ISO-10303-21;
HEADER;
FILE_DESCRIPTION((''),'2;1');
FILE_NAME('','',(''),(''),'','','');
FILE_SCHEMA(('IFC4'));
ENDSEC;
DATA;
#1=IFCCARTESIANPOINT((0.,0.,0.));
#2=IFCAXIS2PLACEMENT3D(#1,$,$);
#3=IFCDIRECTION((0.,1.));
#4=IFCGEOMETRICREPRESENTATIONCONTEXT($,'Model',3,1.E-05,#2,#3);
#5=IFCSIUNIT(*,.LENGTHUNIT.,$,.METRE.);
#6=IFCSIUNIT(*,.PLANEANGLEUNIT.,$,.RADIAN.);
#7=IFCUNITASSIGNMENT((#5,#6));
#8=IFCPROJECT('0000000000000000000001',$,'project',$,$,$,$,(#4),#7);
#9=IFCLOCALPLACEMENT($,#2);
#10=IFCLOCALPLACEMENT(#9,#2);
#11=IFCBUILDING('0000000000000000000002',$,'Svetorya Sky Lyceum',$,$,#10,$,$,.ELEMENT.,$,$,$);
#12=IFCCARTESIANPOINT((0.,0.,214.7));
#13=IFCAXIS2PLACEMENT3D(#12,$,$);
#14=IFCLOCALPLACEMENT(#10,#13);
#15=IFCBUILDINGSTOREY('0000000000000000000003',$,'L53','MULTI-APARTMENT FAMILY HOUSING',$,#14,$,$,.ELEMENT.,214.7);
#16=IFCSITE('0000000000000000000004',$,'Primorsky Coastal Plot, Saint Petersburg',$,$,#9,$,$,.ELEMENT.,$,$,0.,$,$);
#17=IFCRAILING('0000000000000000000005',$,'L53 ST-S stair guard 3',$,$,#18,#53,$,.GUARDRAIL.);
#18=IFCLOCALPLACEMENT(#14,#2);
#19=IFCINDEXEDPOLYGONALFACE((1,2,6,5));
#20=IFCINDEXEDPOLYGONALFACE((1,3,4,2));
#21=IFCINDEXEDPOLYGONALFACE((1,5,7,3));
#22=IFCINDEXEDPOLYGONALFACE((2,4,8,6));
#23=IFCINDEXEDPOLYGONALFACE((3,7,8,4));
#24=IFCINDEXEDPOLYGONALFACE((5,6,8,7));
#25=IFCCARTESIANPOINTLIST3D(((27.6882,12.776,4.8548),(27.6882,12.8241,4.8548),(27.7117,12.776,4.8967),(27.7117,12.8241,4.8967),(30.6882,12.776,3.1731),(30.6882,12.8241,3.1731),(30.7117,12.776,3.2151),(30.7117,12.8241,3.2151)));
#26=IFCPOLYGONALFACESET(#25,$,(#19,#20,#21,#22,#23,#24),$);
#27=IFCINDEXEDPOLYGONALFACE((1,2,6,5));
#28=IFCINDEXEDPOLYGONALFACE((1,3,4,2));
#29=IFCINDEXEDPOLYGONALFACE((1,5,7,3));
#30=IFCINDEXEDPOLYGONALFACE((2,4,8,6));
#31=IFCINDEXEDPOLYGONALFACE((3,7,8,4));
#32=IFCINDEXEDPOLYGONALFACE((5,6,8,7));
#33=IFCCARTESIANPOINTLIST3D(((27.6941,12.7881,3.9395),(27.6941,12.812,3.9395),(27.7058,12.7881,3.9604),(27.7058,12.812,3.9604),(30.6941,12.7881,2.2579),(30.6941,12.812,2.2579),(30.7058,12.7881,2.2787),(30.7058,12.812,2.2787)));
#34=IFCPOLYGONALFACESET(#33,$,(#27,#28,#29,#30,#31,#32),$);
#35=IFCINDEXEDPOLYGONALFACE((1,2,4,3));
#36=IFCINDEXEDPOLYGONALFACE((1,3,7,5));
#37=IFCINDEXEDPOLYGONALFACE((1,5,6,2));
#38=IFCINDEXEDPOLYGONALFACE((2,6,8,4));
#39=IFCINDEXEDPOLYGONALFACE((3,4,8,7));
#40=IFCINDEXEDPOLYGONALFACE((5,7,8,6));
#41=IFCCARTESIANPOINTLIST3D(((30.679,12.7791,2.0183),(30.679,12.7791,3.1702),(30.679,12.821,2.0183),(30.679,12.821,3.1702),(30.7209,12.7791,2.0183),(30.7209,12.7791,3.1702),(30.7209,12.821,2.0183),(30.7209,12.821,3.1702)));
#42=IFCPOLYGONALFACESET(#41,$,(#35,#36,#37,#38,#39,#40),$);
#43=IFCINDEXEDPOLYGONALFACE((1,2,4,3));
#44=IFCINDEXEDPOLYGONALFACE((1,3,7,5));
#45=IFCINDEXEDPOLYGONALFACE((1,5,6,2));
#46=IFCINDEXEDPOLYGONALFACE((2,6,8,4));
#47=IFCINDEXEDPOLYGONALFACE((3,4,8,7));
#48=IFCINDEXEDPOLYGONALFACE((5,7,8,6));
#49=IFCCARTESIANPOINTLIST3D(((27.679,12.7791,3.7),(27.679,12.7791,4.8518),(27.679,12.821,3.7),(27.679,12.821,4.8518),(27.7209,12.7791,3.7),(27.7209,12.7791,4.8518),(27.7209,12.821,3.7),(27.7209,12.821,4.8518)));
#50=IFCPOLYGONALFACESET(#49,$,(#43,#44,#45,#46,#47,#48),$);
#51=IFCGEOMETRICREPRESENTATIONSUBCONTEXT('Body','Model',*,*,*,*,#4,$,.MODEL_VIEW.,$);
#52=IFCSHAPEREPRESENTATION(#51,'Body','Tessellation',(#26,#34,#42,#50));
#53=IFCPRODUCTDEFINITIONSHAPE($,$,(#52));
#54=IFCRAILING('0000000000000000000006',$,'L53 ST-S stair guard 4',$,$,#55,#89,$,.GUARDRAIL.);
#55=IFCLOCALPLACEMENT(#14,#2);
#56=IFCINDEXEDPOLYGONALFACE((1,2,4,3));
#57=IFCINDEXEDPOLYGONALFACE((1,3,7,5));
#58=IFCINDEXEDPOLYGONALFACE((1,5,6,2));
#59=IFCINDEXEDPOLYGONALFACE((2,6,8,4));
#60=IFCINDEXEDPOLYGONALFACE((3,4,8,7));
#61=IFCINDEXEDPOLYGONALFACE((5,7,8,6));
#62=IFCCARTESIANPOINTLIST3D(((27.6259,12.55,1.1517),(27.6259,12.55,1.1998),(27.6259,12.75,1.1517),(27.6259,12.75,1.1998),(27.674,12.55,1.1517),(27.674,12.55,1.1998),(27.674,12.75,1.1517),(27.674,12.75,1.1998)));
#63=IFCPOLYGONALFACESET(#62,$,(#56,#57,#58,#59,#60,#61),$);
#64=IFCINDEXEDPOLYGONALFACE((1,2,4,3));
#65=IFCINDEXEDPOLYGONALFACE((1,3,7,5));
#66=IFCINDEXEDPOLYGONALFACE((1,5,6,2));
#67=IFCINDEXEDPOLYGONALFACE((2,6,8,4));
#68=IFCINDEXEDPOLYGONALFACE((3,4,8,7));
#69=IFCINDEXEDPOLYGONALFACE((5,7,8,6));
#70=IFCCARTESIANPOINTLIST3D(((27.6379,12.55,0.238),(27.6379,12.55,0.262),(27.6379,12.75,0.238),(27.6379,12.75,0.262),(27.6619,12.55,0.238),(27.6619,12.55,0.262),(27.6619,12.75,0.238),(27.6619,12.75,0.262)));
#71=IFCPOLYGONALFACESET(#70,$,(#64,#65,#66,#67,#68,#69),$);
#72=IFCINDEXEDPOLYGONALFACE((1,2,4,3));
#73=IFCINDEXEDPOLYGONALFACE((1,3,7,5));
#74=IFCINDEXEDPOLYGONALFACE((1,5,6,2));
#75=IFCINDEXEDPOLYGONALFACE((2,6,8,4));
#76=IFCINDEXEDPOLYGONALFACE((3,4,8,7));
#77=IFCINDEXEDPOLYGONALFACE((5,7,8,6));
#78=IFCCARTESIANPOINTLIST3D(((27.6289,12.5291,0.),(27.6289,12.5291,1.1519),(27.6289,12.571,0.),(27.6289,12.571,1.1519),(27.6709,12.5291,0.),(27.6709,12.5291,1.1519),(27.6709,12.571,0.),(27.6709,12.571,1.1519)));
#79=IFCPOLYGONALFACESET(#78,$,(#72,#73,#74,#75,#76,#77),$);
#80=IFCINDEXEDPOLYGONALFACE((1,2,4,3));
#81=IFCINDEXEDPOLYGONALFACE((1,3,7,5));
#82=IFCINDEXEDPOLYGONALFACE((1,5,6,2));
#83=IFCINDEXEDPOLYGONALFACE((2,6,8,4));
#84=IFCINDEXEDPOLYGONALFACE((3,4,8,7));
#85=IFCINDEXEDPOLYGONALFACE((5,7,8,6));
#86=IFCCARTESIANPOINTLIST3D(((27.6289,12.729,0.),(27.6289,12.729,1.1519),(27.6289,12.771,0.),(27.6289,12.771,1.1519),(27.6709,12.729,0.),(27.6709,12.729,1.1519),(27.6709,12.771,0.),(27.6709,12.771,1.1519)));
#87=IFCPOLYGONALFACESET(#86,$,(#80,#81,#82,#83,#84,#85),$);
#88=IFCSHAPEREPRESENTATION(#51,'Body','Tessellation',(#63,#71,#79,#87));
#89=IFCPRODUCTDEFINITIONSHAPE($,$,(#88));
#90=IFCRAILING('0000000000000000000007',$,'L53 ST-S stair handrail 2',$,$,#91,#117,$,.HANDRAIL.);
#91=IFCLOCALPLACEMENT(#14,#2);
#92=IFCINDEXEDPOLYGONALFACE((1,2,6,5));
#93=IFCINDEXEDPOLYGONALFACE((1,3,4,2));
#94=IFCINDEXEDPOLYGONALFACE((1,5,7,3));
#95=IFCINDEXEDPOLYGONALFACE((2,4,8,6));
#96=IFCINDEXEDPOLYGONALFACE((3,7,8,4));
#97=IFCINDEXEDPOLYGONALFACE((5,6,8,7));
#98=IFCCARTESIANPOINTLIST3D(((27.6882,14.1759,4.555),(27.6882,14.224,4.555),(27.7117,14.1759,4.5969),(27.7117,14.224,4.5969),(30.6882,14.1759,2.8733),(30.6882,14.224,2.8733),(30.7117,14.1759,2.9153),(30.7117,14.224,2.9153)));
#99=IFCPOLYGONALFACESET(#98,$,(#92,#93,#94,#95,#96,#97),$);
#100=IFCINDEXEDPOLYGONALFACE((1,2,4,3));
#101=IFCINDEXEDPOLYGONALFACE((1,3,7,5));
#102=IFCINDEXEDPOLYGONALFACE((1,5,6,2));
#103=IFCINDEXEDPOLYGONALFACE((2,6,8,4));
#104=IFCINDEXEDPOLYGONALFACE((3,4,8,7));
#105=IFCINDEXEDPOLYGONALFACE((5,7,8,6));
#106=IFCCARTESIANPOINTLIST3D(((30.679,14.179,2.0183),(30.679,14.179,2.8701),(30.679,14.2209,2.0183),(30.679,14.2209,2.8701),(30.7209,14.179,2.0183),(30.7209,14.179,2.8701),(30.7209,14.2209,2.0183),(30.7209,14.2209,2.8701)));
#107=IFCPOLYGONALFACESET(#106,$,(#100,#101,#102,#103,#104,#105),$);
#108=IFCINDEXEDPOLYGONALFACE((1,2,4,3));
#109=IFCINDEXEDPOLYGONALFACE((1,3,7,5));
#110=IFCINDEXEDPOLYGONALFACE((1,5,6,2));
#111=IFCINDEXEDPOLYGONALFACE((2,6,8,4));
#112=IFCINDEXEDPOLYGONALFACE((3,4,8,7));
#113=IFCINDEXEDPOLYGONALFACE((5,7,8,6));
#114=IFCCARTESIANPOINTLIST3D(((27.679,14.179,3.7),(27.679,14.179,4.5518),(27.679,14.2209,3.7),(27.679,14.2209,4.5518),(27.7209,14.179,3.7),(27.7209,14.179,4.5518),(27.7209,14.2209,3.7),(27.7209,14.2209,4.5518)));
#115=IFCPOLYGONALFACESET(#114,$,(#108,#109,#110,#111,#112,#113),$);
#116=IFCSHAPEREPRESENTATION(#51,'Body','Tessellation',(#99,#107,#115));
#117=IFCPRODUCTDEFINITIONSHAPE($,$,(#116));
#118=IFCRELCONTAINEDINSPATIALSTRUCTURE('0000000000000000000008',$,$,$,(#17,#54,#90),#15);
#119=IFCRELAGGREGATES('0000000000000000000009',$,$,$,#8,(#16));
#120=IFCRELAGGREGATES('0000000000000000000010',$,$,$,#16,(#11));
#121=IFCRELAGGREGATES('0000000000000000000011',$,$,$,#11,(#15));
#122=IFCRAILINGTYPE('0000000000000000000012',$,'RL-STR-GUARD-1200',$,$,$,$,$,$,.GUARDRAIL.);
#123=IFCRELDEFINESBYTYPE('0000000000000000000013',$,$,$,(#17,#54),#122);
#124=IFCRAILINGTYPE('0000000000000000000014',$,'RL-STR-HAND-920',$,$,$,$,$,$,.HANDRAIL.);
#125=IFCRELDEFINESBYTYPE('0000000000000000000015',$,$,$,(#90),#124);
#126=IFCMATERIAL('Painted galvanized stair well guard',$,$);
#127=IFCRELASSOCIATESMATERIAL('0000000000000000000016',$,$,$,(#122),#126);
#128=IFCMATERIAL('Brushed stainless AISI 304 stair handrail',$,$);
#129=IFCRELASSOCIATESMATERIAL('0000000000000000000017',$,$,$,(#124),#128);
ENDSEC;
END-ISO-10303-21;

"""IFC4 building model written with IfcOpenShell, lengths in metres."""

from ifc_helpers import new_model, si_unit, direction, frame, origin, origin_2d, place, context, subcontext, project, spatial, rectangle, extrude, material, type_object, element, save


model = new_model("IFC4")

# Units and contexts
model_context = context("Model", 3, precision=1e-05, world=origin(), true_north=direction((0.0, 1.0)))
body_context = subcontext(model_context, "Body", "Model", "MODEL_VIEW")
ifc_project = project(units=[si_unit("LENGTHUNIT", "METRE"), si_unit("PLANEANGLEUNIT", "RADIAN")], contexts=[model_context])

# Site, building, storey
site_placement = place(None, origin())
site = spatial("IfcSite", under=ifc_project, at=site_placement, Name="Primorsky Coastal Plot, Saint Petersburg", CompositionType="ELEMENT", RefElevation=0.0)
building_placement = place(site_placement, origin())
building = spatial("IfcBuilding", under=site, at=building_placement, Name="Svetorya Sky Lyceum", CompositionType="ELEMENT")
storey_placement = place(building_placement, frame((0.0, 0.0, 214.7)))
storey = spatial("IfcBuildingStorey", under=building, at=storey_placement, Name="L53", Description="MULTI-APARTMENT FAMILY HOUSING", CompositionType="ELEMENT", Elevation=214.7)

# Railings
ifc_material_1 = material(Name="Painted galvanized stair well guard")
railing_type_1 = type_object("IfcRailingType", Name="RL-STR-GUARD-1200", PredefinedType="GUARDRAIL", material=ifc_material_1)
railing_1_placement = place(storey_placement, frame((30.7, 12.8, 2.0183)))
element("IfcRailing", 1, at=railing_1_placement, inside=storey, type_object=railing_type_1, Name="L53 ST-S stair guard 3", PredefinedType="GUARDRAIL", context=body_context, shape_type="SweptSolid", body=[
    extrude(rectangle(XDim=0.0481, YDim=0.0481, at=origin_2d()), frame((0.0, 0.0, 1.1758), z_axis=(-0.872303, 0.0, 0.488966), x_axis=(0.0, -1.0, 0.0)), (0.0, 0.0, 1.0), 3.4392),
    extrude(rectangle(XDim=0.0239, YDim=0.0239, at=origin_2d()), frame((0.0, 0.0, 0.25), z_axis=(-0.872303, 0.0, 0.488966), x_axis=(0.0, -1.0, 0.0)), (0.0, 0.0, 1.0), 3.4392),
    extrude(rectangle(XDim=0.042, YDim=0.042, at=origin_2d()), origin(), (0.0, 0.0, 1.0), 1.1519),
    extrude(rectangle(XDim=0.042, YDim=0.042, at=origin_2d()), frame((-3.0, 0.0, 1.6816)), (0.0, 0.0, 1.0), 1.1519),
])
railing_2_placement = place(storey_placement, frame((27.6499, 12.55, 0.0)))
element("IfcRailing", 2, at=railing_2_placement, inside=storey, type_object=railing_type_1, Name="L53 ST-S stair guard 4", PredefinedType="GUARDRAIL", context=body_context, shape_type="SweptSolid", body=[
    extrude(rectangle(XDim=0.0481, YDim=0.0481, at=origin_2d()), frame((0.0, 0.0, 1.1758), z_axis=(0.0, 1.0, 0.0), x_axis=(-1.0, 0.0, 0.0)), (0.0, 0.0, 1.0), 0.2),
    extrude(rectangle(XDim=0.0239, YDim=0.0239, at=origin_2d()), frame((0.0, 0.0, 0.25), z_axis=(0.0, 1.0, 0.0), x_axis=(-1.0, 0.0, 0.0)), (0.0, 0.0, 1.0), 0.2),
    extrude(rectangle(XDim=0.042, YDim=0.042, at=origin_2d()), origin(), (0.0, 0.0, 1.0), 1.1519),
    extrude(rectangle(XDim=0.042, YDim=0.042, at=origin_2d()), frame((0.0, 0.2, 0.0)), (0.0, 0.0, 1.0), 1.1519),
])
ifc_material_2 = material(Name="Brushed stainless AISI 304 stair handrail")
railing_type_2 = type_object("IfcRailingType", Name="RL-STR-HAND-920", PredefinedType="HANDRAIL", material=ifc_material_2)
railing_3_placement = place(storey_placement, frame((30.7, 14.2, 2.0183)))
element("IfcRailing", 3, at=railing_3_placement, inside=storey, type_object=railing_type_2, Name="L53 ST-S stair handrail 2", PredefinedType="HANDRAIL", context=body_context, shape_type="SweptSolid", body=[
    extrude(rectangle(XDim=0.0481, YDim=0.0481, at=origin_2d()), frame((0.0, 0.0, 0.876), z_axis=(-0.872303, 0.0, 0.488966), x_axis=(0.0, -1.0, 0.0)), (0.0, 0.0, 1.0), 3.4392),
    extrude(rectangle(XDim=0.042, YDim=0.042, at=origin_2d()), origin(), (0.0, 0.0, 1.0), 0.8518),
    extrude(rectangle(XDim=0.042, YDim=0.042, at=origin_2d()), frame((-3.0, 0.0, 1.6816)), (0.0, 0.0, 1.0), 0.8518),
])

save(model, "model.ifc")
